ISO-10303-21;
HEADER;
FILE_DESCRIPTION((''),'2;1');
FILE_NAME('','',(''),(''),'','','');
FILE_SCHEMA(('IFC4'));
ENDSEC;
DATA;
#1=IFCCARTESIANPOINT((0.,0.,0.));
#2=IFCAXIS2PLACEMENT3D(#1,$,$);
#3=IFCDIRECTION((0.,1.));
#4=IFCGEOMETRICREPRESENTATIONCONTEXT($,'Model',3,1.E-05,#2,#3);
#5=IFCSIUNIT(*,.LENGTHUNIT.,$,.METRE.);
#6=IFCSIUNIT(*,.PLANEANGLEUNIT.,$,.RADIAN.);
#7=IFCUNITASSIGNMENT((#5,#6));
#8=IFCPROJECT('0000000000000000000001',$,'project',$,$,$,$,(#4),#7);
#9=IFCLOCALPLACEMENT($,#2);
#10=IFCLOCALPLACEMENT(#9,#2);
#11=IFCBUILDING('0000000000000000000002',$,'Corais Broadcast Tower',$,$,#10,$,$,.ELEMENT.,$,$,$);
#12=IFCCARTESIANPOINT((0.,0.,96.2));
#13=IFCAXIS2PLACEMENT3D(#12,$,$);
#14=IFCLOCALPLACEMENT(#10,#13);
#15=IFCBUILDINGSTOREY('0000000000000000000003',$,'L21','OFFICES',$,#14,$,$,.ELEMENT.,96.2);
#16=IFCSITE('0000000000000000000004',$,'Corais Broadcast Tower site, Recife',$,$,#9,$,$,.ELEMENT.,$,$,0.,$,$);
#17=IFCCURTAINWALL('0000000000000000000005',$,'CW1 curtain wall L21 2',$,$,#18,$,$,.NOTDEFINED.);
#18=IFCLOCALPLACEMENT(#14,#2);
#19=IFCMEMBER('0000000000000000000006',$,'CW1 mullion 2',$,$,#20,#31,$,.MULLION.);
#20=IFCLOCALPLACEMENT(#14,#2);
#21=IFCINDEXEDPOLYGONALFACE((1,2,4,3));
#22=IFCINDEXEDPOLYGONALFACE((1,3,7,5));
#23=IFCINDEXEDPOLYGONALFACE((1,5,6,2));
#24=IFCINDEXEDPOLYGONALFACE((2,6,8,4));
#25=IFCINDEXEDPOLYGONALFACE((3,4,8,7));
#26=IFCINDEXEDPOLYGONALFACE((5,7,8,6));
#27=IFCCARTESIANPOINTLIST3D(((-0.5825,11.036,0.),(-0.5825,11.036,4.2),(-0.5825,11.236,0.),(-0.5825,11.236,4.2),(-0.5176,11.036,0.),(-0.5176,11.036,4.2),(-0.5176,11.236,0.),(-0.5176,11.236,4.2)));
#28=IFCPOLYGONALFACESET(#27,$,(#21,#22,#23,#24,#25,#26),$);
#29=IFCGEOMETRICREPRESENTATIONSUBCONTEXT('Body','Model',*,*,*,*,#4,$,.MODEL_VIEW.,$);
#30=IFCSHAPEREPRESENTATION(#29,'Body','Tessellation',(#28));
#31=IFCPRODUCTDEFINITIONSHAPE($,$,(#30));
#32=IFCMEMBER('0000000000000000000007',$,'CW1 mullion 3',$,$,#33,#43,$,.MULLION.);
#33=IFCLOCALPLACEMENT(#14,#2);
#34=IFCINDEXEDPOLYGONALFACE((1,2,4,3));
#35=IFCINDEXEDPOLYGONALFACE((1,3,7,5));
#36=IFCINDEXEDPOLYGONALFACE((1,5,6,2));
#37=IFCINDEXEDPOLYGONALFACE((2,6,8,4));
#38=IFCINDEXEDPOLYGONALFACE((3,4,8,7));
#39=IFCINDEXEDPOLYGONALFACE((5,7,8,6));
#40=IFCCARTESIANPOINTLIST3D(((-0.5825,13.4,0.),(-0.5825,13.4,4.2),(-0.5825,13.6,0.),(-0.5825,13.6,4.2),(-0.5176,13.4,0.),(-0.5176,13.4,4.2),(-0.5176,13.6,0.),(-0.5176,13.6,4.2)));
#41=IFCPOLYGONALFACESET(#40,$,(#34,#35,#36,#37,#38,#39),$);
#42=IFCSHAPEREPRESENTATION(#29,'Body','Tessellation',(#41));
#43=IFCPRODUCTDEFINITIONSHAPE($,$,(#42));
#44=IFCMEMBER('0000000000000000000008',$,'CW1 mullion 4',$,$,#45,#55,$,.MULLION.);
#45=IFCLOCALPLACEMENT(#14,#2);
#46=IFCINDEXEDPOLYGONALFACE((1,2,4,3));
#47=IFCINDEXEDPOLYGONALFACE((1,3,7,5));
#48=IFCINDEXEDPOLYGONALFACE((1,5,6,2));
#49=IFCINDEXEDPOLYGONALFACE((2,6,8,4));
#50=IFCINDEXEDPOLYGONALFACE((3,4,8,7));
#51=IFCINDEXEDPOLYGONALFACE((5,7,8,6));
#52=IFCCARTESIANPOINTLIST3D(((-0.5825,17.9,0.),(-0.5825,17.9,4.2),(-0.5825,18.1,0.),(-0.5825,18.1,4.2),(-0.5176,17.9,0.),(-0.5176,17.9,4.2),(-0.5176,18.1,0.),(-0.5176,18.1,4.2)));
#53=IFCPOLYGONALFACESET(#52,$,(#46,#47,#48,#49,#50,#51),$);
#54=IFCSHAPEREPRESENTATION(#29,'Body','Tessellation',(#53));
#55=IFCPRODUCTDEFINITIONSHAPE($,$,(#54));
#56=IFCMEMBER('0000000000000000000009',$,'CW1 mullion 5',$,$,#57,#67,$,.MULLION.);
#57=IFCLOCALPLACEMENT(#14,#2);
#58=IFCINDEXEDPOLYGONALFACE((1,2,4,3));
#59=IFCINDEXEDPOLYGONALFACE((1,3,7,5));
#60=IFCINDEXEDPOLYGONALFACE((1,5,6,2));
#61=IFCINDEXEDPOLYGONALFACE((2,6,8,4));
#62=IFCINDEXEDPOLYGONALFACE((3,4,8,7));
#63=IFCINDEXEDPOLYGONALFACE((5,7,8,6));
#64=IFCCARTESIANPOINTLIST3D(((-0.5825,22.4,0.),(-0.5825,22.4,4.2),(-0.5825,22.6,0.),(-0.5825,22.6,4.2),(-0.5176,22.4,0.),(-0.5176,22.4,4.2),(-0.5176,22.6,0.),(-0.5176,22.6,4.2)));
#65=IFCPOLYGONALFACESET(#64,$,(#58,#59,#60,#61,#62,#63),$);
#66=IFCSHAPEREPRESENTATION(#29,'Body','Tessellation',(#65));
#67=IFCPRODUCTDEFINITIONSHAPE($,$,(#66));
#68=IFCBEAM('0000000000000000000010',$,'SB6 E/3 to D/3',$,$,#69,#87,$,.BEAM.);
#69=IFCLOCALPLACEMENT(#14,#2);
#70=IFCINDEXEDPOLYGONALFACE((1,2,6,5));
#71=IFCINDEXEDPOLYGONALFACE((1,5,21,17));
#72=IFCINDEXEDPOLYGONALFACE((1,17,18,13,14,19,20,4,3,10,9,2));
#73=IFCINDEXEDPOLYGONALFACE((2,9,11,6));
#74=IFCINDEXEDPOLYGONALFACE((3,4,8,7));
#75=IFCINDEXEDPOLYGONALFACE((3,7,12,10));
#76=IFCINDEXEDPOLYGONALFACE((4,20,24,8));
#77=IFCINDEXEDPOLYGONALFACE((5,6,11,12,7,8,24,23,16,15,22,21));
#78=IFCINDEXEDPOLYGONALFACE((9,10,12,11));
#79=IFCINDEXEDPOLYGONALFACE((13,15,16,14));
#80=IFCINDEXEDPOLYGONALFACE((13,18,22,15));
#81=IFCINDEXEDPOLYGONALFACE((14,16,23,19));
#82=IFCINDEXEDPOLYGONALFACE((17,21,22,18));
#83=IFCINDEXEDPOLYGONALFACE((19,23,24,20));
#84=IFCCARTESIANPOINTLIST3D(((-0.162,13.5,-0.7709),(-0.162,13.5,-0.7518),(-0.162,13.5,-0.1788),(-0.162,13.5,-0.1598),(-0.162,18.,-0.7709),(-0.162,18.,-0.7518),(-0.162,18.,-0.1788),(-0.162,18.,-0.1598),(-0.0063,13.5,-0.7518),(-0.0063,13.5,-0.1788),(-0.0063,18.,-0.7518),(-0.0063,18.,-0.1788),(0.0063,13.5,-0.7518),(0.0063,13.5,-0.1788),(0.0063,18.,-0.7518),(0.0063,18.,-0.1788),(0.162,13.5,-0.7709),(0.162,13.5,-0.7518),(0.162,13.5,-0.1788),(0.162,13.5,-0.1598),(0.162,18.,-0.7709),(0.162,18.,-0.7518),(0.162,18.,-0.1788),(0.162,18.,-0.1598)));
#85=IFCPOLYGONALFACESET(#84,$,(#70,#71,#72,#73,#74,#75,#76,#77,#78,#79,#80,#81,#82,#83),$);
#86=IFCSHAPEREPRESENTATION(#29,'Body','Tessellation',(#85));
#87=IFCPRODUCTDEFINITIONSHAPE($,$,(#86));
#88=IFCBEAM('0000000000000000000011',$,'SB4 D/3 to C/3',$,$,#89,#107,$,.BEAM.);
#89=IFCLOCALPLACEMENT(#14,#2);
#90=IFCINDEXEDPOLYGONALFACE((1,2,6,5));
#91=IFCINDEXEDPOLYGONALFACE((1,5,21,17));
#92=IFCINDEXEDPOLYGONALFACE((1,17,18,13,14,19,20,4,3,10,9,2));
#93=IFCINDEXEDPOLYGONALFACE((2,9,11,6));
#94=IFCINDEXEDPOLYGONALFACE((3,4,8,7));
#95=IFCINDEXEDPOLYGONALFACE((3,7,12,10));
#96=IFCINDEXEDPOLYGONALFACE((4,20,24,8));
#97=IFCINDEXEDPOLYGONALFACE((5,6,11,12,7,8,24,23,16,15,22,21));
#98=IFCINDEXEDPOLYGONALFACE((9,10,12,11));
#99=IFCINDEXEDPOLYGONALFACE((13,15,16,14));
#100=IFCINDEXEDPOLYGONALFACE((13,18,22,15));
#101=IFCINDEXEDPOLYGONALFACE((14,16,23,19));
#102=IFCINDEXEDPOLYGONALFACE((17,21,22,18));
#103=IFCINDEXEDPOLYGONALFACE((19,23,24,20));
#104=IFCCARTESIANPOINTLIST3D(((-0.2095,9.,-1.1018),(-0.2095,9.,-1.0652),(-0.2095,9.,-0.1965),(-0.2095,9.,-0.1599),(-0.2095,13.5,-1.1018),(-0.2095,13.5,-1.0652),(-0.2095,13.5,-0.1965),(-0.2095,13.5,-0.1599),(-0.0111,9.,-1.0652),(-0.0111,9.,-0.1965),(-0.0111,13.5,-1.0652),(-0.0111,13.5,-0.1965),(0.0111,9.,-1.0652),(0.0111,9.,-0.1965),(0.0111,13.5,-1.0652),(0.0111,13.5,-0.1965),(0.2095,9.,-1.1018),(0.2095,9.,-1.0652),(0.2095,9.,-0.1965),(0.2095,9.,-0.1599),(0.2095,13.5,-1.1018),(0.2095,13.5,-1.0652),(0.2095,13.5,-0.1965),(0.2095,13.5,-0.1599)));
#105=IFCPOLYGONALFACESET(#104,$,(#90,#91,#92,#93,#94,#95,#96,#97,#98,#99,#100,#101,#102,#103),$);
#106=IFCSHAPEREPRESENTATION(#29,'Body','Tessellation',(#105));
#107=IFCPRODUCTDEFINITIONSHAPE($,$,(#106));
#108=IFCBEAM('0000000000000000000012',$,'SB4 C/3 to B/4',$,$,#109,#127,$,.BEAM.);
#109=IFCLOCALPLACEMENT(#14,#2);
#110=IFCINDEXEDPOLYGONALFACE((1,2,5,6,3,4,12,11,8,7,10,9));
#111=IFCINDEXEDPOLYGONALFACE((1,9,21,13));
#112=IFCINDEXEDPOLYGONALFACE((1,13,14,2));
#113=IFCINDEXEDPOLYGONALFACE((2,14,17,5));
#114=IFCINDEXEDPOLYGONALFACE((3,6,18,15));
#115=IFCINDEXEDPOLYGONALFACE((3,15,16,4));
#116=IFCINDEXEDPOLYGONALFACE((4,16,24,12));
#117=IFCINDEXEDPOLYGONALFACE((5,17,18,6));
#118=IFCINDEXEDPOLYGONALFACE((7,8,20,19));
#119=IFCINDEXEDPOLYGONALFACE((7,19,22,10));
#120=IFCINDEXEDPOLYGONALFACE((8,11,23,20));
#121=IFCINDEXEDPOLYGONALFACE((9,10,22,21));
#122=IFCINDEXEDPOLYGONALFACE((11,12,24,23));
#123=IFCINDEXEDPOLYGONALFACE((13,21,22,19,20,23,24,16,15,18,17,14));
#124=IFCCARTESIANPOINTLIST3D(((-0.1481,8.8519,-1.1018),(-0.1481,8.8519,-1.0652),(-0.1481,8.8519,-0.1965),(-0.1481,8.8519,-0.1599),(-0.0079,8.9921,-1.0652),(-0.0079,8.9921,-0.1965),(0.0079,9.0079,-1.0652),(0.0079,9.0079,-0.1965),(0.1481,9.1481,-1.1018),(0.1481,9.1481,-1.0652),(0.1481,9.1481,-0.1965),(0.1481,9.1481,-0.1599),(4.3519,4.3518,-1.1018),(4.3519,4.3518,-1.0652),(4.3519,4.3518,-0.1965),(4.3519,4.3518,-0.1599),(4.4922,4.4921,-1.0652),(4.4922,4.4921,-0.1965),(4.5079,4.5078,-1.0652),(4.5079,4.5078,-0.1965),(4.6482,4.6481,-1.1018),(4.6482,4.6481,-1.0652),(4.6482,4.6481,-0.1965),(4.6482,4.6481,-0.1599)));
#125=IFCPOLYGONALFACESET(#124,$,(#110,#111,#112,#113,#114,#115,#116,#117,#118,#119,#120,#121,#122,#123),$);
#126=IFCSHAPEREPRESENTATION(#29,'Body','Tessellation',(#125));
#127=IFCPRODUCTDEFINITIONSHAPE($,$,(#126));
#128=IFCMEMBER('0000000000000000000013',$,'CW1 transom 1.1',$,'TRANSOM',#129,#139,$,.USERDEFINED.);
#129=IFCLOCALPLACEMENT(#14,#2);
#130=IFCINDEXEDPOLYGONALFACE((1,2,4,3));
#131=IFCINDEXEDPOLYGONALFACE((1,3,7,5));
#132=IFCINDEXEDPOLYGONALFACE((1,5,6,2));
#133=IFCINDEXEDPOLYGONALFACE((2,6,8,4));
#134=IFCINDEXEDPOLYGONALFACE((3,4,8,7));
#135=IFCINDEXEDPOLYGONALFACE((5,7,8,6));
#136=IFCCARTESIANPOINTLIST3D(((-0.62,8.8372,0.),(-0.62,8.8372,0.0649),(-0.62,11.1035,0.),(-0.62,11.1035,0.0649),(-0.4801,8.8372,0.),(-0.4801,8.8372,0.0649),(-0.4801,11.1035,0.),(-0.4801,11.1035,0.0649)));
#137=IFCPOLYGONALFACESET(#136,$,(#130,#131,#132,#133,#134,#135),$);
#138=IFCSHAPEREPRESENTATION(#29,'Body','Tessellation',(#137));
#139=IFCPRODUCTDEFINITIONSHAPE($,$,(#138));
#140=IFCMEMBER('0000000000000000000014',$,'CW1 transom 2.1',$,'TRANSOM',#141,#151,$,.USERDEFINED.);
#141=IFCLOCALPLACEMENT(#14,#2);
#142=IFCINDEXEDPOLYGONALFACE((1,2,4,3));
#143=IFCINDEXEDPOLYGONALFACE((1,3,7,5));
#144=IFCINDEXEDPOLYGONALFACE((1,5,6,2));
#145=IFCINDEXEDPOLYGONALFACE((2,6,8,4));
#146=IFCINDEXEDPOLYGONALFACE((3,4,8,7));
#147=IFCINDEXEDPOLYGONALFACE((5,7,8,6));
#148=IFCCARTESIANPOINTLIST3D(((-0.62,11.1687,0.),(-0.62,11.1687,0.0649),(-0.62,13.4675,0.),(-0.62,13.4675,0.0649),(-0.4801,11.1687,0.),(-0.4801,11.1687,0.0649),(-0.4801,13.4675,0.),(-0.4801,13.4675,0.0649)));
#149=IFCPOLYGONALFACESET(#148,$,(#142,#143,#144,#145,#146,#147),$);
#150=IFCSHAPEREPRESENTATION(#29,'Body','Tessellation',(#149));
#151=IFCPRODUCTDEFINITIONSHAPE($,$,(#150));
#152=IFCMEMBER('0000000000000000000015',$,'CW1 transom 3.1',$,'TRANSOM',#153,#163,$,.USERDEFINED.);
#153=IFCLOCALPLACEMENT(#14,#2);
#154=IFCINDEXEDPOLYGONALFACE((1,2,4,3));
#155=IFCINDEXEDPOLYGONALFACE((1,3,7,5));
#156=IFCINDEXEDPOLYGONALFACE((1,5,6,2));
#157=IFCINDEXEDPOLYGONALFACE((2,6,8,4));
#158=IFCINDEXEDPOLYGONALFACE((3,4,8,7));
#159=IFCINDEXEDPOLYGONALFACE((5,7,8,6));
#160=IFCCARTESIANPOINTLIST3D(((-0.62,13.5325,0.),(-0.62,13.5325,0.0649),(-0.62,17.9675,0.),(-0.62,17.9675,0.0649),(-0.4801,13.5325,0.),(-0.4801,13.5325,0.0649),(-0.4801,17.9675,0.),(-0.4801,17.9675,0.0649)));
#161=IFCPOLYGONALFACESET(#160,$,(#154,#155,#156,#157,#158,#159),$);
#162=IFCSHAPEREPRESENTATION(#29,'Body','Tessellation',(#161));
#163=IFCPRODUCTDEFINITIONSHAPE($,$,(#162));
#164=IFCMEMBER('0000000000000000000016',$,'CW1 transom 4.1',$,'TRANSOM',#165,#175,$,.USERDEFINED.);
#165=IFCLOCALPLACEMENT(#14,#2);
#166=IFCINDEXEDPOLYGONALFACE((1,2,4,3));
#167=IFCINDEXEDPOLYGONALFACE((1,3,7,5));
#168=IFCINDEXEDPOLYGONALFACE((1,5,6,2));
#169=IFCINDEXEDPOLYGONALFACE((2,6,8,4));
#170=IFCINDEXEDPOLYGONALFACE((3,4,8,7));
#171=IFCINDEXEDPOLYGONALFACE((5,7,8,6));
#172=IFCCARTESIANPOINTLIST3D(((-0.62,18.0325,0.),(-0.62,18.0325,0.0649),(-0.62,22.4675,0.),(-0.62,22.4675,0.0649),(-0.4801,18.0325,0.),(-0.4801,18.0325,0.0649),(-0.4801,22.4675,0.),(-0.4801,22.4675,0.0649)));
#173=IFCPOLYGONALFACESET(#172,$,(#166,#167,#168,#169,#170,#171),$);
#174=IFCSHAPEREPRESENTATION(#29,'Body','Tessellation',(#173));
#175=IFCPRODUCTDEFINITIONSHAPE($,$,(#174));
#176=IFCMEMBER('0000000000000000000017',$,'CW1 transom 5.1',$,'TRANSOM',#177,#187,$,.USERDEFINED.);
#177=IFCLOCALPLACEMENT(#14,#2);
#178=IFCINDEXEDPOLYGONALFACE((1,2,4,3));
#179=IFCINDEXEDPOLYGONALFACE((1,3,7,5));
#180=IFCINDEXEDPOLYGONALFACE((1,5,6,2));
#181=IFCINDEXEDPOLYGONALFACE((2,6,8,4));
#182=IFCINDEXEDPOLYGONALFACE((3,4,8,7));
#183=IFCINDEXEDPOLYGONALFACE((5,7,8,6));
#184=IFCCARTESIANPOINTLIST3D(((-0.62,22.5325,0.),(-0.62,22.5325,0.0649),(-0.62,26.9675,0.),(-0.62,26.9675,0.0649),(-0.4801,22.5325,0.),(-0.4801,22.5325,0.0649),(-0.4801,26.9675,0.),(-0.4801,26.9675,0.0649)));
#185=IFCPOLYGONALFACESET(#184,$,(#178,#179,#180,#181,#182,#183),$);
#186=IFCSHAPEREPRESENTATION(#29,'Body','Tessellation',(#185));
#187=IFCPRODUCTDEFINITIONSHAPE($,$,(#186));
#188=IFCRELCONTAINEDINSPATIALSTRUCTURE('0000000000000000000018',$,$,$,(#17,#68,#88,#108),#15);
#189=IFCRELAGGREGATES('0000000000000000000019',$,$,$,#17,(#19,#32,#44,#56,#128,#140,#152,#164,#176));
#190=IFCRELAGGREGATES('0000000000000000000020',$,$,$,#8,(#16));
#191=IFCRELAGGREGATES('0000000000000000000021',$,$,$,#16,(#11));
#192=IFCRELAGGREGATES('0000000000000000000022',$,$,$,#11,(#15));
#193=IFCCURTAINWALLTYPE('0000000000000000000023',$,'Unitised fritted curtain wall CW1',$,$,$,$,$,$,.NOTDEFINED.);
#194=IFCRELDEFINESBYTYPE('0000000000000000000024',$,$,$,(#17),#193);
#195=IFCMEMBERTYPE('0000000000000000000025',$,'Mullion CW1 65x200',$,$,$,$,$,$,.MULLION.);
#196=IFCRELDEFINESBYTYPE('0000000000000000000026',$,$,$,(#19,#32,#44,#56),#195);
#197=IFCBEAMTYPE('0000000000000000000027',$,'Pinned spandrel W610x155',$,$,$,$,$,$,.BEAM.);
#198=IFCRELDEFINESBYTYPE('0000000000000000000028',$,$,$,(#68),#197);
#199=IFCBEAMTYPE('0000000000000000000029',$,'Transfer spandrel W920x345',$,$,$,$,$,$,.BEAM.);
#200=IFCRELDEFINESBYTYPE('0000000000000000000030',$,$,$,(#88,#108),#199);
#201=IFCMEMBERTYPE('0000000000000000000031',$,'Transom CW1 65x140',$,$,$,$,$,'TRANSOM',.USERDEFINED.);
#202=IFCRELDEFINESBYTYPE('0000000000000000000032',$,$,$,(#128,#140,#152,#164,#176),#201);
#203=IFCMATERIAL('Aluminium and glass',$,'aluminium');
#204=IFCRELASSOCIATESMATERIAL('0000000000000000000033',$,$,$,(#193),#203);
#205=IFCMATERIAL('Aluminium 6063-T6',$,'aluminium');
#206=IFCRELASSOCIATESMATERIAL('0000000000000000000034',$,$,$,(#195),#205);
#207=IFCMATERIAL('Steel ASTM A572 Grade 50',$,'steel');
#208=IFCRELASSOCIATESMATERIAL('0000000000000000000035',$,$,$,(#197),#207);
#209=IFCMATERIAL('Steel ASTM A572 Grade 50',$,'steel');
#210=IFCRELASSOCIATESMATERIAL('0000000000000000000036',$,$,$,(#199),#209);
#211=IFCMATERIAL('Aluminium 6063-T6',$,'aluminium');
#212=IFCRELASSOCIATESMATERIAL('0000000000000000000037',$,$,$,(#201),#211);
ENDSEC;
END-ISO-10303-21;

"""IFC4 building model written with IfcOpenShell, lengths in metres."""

from ifc_helpers import new_model, si_unit, direction, frame, origin, origin_2d, place, context, subcontext, project, spatial, rectangle, i_section, extrude, material, material_profile, profile_set, type_object, element, aggregate, save


model = new_model("IFC4")

# Units and contexts
model_context = context("Model", 3, precision=1e-05, world=origin(), true_north=direction((0.0, 1.0)))
body_context = subcontext(model_context, "Body", "Model", "MODEL_VIEW")
ifc_project = project(units=[si_unit("LENGTHUNIT", "METRE"), si_unit("PLANEANGLEUNIT", "RADIAN")], contexts=[model_context])

# Site, building, storey
site_placement = place(None, origin())
site = spatial("IfcSite", under=ifc_project, at=site_placement, Name="Corais Broadcast Tower site, Recife", CompositionType="ELEMENT", RefElevation=0.0)
building_placement = place(site_placement, origin())
building = spatial("IfcBuilding", under=site, at=building_placement, Name="Corais Broadcast Tower", CompositionType="ELEMENT")
storey_placement = place(building_placement, frame((0.0, 0.0, 96.2)))
storey = spatial("IfcBuildingStorey", under=building, at=storey_placement, Name="L21", Description="OFFICES", CompositionType="ELEMENT", Elevation=96.2)

# Shared definitions
ifc_material_1 = material(Name="Aluminium and glass", Category="aluminium")
curtain_wall_type = type_object("IfcCurtainWallType", Name="Unitised fritted curtain wall CW1", PredefinedType="NOTDEFINED", material=ifc_material_1)
ifc_material_2 = material(Name="Aluminium 6063-T6", Category="aluminium")
ifc_material_profile_1 = material_profile(ifc_material_2, rectangle(XDim=0.0649, YDim=0.2, at=origin_2d()), Name="Mullion CW1 65x200")
ifc_profile_set_1 = profile_set([ifc_material_profile_1], Name="Aluminium 6063-T6")
member_type_1 = type_object("IfcMemberType", Name="Mullion CW1 65x200", PredefinedType="MULLION", material=ifc_profile_set_1)

# Curtain wall, members
curtain_wall_1_placement = place(storey_placement, origin())
curtain_wall_1 = element("IfcCurtainWall", 1, at=curtain_wall_1_placement, inside=storey, type_object=curtain_wall_type, Name="CW1 curtain wall L21 2", PredefinedType="NOTDEFINED")
member_1_placement = place(storey_placement, frame((-0.55, 11.136, 0.0), z_axis=(0.0, 0.0, 1.0), x_axis=(-1.0, 0.0, 0.0)))
member_1 = element("IfcMember", 2, at=member_1_placement, type_object=member_type_1, Name="CW1 mullion 2", PredefinedType="MULLION", context=body_context, shape_type="SweptSolid", body=[
    extrude(rectangle(XDim=0.0649, YDim=0.2, at=origin_2d()), origin(), (0.0, 0.0, 1.0), 4.2),
])
member_2_placement = place(storey_placement, frame((-0.55, 13.5, 0.0), z_axis=(0.0, 0.0, 1.0), x_axis=(-1.0, 0.0, 0.0)))
member_2 = element("IfcMember", 3, at=member_2_placement, type_object=member_type_1, Name="CW1 mullion 3", PredefinedType="MULLION", context=body_context, shape_type="SweptSolid", body=[
    extrude(rectangle(XDim=0.0649, YDim=0.2, at=origin_2d()), origin(), (0.0, 0.0, 1.0), 4.2),
])
member_3_placement = place(storey_placement, frame((-0.55, 18.0, 0.0), z_axis=(0.0, 0.0, 1.0), x_axis=(-1.0, 0.0, 0.0)))
member_3 = element("IfcMember", 4, at=member_3_placement, type_object=member_type_1, Name="CW1 mullion 4", PredefinedType="MULLION", context=body_context, shape_type="SweptSolid", body=[
    extrude(rectangle(XDim=0.0649, YDim=0.2, at=origin_2d()), origin(), (0.0, 0.0, 1.0), 4.2),
])
member_4_placement = place(storey_placement, frame((-0.55, 22.5, 0.0), z_axis=(0.0, 0.0, 1.0), x_axis=(-1.0, 0.0, 0.0)))
member_4 = element("IfcMember", 5, at=member_4_placement, type_object=member_type_1, Name="CW1 mullion 5", PredefinedType="MULLION", context=body_context, shape_type="SweptSolid", body=[
    extrude(rectangle(XDim=0.0649, YDim=0.2, at=origin_2d()), origin(), (0.0, 0.0, 1.0), 4.2),
])

# Beams
ifc_material_3 = material(Name="Steel ASTM A572 Grade 50", Category="steel")
ifc_material_profile_2 = material_profile(ifc_material_3, i_section(OverallWidth=0.324, OverallDepth=0.6111, WebThickness=0.0127, FlangeThickness=0.019, at=origin_2d()), Name="W610x155")
ifc_profile_set_2 = profile_set([ifc_material_profile_2], Name="Steel ASTM A572 Grade 50")
beam_type_1 = type_object("IfcBeamType", Name="Pinned spandrel W610x155", PredefinedType="BEAM", material=ifc_profile_set_2)
beam_1_placement = place(storey_placement, frame((0.0, 18.0, -0.4653), z_axis=(0.0, -1.0, 0.0), x_axis=(1.0, 0.0, 0.0)))
element("IfcBeam", 6, at=beam_1_placement, inside=storey, type_object=beam_type_1, Name="SB6 E/3 to D/3", PredefinedType="BEAM", context=body_context, shape_type="SweptSolid", body=[
    extrude(i_section(OverallWidth=0.324, OverallDepth=0.6111, WebThickness=0.0127, FlangeThickness=0.019, at=origin_2d()), origin(), (0.0, 0.0, 1.0), 4.5),
])
ifc_material_4 = material(Name="Steel ASTM A572 Grade 50", Category="steel")
ifc_material_profile_3 = material_profile(ifc_material_4, i_section(OverallWidth=0.4189, OverallDepth=0.9419, WebThickness=0.0222, FlangeThickness=0.0366, at=origin_2d()), Name="W920x345")
ifc_profile_set_3 = profile_set([ifc_material_profile_3], Name="Steel ASTM A572 Grade 50")
beam_type_2 = type_object("IfcBeamType", Name="Transfer spandrel W920x345", PredefinedType="BEAM", material=ifc_profile_set_3)
beam_2_placement = place(storey_placement, frame((0.0, 13.5, -0.6309), z_axis=(0.0, -1.0, 0.0), x_axis=(1.0, 0.0, 0.0)))
element("IfcBeam", 7, at=beam_2_placement, inside=storey, type_object=beam_type_2, Name="SB4 D/3 to C/3", PredefinedType="BEAM", context=body_context, shape_type="SweptSolid", body=[
    extrude(i_section(OverallWidth=0.4189, OverallDepth=0.9419, WebThickness=0.0222, FlangeThickness=0.0366, at=origin_2d()), origin(), (0.0, 0.0, 1.0), 4.5),
])
beam_3_placement = place(storey_placement, frame((0.0, 9.0, -0.6309), z_axis=(0.707107, -0.707107, 0.0), x_axis=(0.707107, 0.707107, 0.0)))
element("IfcBeam", 8, at=beam_3_placement, inside=storey, type_object=beam_type_2, Name="SB4 C/3 to B/4", PredefinedType="BEAM", context=body_context, shape_type="SweptSolid", body=[
    extrude(i_section(OverallWidth=0.4189, OverallDepth=0.9419, WebThickness=0.0222, FlangeThickness=0.0366, at=origin_2d()), origin(), (0.0, 0.0, 1.0), 6.364),
])

# Members
ifc_material_5 = material(Name="Aluminium 6063-T6", Category="aluminium")
ifc_material_profile_4 = material_profile(ifc_material_5, rectangle(XDim=0.1399, YDim=0.0649, at=origin_2d()), Name="Transom CW1 65x140")
ifc_profile_set_4 = profile_set([ifc_material_profile_4], Name="Aluminium 6063-T6")
member_type_2 = type_object("IfcMemberType", Name="Transom CW1 65x140", ElementType="TRANSOM", PredefinedType="USERDEFINED", material=ifc_profile_set_4)
member_5_placement = place(storey_placement, frame((-0.55, 8.8372, 0.0325), z_axis=(0.0, 1.0, 0.0), x_axis=(-1.0, 0.0, 0.0)))
member_5 = element("IfcMember", 9, at=member_5_placement, type_object=member_type_2, Name="CW1 transom 1.1", ObjectType="TRANSOM", PredefinedType="USERDEFINED", context=body_context, shape_type="SweptSolid", body=[
    extrude(rectangle(XDim=0.1399, YDim=0.0649, at=origin_2d()), origin(), (0.0, 0.0, 1.0), 2.2664),
])
member_6_placement = place(storey_placement, frame((-0.55, 11.1687, 0.0325), z_axis=(0.0, 1.0, 0.0), x_axis=(-1.0, 0.0, 0.0)))
member_6 = element("IfcMember", 10, at=member_6_placement, type_object=member_type_2, Name="CW1 transom 2.1", ObjectType="TRANSOM", PredefinedType="USERDEFINED", context=body_context, shape_type="SweptSolid", body=[
    extrude(rectangle(XDim=0.1399, YDim=0.0649, at=origin_2d()), origin(), (0.0, 0.0, 1.0), 2.2988),
])
member_7_placement = place(storey_placement, frame((-0.55, 13.5325, 0.0325), z_axis=(0.0, 1.0, 0.0), x_axis=(-1.0, 0.0, 0.0)))
member_7 = element("IfcMember", 11, at=member_7_placement, type_object=member_type_2, Name="CW1 transom 3.1", ObjectType="TRANSOM", PredefinedType="USERDEFINED", context=body_context, shape_type="SweptSolid", body=[
    extrude(rectangle(XDim=0.1399, YDim=0.0649, at=origin_2d()), origin(), (0.0, 0.0, 1.0), 4.4351),
])
member_8_placement = place(storey_placement, frame((-0.55, 18.0325, 0.0325), z_axis=(0.0, 1.0, 0.0), x_axis=(-1.0, 0.0, 0.0)))
member_8 = element("IfcMember", 12, at=member_8_placement, type_object=member_type_2, Name="CW1 transom 4.1", ObjectType="TRANSOM", PredefinedType="USERDEFINED", context=body_context, shape_type="SweptSolid", body=[
    extrude(rectangle(XDim=0.1399, YDim=0.0649, at=origin_2d()), origin(), (0.0, 0.0, 1.0), 4.4351),
])
member_9_placement = place(storey_placement, frame((-0.55, 22.5325, 0.0325), z_axis=(0.0, 1.0, 0.0), x_axis=(-1.0, 0.0, 0.0)))
member_9 = element("IfcMember", 13, at=member_9_placement, type_object=member_type_2, Name="CW1 transom 5.1", ObjectType="TRANSOM", PredefinedType="USERDEFINED", context=body_context, shape_type="SweptSolid", body=[
    extrude(rectangle(XDim=0.1399, YDim=0.0649, at=origin_2d()), origin(), (0.0, 0.0, 1.0), 4.4351),
])

aggregate(curtain_wall_1, [member_1, member_2, member_3, member_4, member_5, member_6, member_7, member_8, member_9])

save(model, "model.ifc")
